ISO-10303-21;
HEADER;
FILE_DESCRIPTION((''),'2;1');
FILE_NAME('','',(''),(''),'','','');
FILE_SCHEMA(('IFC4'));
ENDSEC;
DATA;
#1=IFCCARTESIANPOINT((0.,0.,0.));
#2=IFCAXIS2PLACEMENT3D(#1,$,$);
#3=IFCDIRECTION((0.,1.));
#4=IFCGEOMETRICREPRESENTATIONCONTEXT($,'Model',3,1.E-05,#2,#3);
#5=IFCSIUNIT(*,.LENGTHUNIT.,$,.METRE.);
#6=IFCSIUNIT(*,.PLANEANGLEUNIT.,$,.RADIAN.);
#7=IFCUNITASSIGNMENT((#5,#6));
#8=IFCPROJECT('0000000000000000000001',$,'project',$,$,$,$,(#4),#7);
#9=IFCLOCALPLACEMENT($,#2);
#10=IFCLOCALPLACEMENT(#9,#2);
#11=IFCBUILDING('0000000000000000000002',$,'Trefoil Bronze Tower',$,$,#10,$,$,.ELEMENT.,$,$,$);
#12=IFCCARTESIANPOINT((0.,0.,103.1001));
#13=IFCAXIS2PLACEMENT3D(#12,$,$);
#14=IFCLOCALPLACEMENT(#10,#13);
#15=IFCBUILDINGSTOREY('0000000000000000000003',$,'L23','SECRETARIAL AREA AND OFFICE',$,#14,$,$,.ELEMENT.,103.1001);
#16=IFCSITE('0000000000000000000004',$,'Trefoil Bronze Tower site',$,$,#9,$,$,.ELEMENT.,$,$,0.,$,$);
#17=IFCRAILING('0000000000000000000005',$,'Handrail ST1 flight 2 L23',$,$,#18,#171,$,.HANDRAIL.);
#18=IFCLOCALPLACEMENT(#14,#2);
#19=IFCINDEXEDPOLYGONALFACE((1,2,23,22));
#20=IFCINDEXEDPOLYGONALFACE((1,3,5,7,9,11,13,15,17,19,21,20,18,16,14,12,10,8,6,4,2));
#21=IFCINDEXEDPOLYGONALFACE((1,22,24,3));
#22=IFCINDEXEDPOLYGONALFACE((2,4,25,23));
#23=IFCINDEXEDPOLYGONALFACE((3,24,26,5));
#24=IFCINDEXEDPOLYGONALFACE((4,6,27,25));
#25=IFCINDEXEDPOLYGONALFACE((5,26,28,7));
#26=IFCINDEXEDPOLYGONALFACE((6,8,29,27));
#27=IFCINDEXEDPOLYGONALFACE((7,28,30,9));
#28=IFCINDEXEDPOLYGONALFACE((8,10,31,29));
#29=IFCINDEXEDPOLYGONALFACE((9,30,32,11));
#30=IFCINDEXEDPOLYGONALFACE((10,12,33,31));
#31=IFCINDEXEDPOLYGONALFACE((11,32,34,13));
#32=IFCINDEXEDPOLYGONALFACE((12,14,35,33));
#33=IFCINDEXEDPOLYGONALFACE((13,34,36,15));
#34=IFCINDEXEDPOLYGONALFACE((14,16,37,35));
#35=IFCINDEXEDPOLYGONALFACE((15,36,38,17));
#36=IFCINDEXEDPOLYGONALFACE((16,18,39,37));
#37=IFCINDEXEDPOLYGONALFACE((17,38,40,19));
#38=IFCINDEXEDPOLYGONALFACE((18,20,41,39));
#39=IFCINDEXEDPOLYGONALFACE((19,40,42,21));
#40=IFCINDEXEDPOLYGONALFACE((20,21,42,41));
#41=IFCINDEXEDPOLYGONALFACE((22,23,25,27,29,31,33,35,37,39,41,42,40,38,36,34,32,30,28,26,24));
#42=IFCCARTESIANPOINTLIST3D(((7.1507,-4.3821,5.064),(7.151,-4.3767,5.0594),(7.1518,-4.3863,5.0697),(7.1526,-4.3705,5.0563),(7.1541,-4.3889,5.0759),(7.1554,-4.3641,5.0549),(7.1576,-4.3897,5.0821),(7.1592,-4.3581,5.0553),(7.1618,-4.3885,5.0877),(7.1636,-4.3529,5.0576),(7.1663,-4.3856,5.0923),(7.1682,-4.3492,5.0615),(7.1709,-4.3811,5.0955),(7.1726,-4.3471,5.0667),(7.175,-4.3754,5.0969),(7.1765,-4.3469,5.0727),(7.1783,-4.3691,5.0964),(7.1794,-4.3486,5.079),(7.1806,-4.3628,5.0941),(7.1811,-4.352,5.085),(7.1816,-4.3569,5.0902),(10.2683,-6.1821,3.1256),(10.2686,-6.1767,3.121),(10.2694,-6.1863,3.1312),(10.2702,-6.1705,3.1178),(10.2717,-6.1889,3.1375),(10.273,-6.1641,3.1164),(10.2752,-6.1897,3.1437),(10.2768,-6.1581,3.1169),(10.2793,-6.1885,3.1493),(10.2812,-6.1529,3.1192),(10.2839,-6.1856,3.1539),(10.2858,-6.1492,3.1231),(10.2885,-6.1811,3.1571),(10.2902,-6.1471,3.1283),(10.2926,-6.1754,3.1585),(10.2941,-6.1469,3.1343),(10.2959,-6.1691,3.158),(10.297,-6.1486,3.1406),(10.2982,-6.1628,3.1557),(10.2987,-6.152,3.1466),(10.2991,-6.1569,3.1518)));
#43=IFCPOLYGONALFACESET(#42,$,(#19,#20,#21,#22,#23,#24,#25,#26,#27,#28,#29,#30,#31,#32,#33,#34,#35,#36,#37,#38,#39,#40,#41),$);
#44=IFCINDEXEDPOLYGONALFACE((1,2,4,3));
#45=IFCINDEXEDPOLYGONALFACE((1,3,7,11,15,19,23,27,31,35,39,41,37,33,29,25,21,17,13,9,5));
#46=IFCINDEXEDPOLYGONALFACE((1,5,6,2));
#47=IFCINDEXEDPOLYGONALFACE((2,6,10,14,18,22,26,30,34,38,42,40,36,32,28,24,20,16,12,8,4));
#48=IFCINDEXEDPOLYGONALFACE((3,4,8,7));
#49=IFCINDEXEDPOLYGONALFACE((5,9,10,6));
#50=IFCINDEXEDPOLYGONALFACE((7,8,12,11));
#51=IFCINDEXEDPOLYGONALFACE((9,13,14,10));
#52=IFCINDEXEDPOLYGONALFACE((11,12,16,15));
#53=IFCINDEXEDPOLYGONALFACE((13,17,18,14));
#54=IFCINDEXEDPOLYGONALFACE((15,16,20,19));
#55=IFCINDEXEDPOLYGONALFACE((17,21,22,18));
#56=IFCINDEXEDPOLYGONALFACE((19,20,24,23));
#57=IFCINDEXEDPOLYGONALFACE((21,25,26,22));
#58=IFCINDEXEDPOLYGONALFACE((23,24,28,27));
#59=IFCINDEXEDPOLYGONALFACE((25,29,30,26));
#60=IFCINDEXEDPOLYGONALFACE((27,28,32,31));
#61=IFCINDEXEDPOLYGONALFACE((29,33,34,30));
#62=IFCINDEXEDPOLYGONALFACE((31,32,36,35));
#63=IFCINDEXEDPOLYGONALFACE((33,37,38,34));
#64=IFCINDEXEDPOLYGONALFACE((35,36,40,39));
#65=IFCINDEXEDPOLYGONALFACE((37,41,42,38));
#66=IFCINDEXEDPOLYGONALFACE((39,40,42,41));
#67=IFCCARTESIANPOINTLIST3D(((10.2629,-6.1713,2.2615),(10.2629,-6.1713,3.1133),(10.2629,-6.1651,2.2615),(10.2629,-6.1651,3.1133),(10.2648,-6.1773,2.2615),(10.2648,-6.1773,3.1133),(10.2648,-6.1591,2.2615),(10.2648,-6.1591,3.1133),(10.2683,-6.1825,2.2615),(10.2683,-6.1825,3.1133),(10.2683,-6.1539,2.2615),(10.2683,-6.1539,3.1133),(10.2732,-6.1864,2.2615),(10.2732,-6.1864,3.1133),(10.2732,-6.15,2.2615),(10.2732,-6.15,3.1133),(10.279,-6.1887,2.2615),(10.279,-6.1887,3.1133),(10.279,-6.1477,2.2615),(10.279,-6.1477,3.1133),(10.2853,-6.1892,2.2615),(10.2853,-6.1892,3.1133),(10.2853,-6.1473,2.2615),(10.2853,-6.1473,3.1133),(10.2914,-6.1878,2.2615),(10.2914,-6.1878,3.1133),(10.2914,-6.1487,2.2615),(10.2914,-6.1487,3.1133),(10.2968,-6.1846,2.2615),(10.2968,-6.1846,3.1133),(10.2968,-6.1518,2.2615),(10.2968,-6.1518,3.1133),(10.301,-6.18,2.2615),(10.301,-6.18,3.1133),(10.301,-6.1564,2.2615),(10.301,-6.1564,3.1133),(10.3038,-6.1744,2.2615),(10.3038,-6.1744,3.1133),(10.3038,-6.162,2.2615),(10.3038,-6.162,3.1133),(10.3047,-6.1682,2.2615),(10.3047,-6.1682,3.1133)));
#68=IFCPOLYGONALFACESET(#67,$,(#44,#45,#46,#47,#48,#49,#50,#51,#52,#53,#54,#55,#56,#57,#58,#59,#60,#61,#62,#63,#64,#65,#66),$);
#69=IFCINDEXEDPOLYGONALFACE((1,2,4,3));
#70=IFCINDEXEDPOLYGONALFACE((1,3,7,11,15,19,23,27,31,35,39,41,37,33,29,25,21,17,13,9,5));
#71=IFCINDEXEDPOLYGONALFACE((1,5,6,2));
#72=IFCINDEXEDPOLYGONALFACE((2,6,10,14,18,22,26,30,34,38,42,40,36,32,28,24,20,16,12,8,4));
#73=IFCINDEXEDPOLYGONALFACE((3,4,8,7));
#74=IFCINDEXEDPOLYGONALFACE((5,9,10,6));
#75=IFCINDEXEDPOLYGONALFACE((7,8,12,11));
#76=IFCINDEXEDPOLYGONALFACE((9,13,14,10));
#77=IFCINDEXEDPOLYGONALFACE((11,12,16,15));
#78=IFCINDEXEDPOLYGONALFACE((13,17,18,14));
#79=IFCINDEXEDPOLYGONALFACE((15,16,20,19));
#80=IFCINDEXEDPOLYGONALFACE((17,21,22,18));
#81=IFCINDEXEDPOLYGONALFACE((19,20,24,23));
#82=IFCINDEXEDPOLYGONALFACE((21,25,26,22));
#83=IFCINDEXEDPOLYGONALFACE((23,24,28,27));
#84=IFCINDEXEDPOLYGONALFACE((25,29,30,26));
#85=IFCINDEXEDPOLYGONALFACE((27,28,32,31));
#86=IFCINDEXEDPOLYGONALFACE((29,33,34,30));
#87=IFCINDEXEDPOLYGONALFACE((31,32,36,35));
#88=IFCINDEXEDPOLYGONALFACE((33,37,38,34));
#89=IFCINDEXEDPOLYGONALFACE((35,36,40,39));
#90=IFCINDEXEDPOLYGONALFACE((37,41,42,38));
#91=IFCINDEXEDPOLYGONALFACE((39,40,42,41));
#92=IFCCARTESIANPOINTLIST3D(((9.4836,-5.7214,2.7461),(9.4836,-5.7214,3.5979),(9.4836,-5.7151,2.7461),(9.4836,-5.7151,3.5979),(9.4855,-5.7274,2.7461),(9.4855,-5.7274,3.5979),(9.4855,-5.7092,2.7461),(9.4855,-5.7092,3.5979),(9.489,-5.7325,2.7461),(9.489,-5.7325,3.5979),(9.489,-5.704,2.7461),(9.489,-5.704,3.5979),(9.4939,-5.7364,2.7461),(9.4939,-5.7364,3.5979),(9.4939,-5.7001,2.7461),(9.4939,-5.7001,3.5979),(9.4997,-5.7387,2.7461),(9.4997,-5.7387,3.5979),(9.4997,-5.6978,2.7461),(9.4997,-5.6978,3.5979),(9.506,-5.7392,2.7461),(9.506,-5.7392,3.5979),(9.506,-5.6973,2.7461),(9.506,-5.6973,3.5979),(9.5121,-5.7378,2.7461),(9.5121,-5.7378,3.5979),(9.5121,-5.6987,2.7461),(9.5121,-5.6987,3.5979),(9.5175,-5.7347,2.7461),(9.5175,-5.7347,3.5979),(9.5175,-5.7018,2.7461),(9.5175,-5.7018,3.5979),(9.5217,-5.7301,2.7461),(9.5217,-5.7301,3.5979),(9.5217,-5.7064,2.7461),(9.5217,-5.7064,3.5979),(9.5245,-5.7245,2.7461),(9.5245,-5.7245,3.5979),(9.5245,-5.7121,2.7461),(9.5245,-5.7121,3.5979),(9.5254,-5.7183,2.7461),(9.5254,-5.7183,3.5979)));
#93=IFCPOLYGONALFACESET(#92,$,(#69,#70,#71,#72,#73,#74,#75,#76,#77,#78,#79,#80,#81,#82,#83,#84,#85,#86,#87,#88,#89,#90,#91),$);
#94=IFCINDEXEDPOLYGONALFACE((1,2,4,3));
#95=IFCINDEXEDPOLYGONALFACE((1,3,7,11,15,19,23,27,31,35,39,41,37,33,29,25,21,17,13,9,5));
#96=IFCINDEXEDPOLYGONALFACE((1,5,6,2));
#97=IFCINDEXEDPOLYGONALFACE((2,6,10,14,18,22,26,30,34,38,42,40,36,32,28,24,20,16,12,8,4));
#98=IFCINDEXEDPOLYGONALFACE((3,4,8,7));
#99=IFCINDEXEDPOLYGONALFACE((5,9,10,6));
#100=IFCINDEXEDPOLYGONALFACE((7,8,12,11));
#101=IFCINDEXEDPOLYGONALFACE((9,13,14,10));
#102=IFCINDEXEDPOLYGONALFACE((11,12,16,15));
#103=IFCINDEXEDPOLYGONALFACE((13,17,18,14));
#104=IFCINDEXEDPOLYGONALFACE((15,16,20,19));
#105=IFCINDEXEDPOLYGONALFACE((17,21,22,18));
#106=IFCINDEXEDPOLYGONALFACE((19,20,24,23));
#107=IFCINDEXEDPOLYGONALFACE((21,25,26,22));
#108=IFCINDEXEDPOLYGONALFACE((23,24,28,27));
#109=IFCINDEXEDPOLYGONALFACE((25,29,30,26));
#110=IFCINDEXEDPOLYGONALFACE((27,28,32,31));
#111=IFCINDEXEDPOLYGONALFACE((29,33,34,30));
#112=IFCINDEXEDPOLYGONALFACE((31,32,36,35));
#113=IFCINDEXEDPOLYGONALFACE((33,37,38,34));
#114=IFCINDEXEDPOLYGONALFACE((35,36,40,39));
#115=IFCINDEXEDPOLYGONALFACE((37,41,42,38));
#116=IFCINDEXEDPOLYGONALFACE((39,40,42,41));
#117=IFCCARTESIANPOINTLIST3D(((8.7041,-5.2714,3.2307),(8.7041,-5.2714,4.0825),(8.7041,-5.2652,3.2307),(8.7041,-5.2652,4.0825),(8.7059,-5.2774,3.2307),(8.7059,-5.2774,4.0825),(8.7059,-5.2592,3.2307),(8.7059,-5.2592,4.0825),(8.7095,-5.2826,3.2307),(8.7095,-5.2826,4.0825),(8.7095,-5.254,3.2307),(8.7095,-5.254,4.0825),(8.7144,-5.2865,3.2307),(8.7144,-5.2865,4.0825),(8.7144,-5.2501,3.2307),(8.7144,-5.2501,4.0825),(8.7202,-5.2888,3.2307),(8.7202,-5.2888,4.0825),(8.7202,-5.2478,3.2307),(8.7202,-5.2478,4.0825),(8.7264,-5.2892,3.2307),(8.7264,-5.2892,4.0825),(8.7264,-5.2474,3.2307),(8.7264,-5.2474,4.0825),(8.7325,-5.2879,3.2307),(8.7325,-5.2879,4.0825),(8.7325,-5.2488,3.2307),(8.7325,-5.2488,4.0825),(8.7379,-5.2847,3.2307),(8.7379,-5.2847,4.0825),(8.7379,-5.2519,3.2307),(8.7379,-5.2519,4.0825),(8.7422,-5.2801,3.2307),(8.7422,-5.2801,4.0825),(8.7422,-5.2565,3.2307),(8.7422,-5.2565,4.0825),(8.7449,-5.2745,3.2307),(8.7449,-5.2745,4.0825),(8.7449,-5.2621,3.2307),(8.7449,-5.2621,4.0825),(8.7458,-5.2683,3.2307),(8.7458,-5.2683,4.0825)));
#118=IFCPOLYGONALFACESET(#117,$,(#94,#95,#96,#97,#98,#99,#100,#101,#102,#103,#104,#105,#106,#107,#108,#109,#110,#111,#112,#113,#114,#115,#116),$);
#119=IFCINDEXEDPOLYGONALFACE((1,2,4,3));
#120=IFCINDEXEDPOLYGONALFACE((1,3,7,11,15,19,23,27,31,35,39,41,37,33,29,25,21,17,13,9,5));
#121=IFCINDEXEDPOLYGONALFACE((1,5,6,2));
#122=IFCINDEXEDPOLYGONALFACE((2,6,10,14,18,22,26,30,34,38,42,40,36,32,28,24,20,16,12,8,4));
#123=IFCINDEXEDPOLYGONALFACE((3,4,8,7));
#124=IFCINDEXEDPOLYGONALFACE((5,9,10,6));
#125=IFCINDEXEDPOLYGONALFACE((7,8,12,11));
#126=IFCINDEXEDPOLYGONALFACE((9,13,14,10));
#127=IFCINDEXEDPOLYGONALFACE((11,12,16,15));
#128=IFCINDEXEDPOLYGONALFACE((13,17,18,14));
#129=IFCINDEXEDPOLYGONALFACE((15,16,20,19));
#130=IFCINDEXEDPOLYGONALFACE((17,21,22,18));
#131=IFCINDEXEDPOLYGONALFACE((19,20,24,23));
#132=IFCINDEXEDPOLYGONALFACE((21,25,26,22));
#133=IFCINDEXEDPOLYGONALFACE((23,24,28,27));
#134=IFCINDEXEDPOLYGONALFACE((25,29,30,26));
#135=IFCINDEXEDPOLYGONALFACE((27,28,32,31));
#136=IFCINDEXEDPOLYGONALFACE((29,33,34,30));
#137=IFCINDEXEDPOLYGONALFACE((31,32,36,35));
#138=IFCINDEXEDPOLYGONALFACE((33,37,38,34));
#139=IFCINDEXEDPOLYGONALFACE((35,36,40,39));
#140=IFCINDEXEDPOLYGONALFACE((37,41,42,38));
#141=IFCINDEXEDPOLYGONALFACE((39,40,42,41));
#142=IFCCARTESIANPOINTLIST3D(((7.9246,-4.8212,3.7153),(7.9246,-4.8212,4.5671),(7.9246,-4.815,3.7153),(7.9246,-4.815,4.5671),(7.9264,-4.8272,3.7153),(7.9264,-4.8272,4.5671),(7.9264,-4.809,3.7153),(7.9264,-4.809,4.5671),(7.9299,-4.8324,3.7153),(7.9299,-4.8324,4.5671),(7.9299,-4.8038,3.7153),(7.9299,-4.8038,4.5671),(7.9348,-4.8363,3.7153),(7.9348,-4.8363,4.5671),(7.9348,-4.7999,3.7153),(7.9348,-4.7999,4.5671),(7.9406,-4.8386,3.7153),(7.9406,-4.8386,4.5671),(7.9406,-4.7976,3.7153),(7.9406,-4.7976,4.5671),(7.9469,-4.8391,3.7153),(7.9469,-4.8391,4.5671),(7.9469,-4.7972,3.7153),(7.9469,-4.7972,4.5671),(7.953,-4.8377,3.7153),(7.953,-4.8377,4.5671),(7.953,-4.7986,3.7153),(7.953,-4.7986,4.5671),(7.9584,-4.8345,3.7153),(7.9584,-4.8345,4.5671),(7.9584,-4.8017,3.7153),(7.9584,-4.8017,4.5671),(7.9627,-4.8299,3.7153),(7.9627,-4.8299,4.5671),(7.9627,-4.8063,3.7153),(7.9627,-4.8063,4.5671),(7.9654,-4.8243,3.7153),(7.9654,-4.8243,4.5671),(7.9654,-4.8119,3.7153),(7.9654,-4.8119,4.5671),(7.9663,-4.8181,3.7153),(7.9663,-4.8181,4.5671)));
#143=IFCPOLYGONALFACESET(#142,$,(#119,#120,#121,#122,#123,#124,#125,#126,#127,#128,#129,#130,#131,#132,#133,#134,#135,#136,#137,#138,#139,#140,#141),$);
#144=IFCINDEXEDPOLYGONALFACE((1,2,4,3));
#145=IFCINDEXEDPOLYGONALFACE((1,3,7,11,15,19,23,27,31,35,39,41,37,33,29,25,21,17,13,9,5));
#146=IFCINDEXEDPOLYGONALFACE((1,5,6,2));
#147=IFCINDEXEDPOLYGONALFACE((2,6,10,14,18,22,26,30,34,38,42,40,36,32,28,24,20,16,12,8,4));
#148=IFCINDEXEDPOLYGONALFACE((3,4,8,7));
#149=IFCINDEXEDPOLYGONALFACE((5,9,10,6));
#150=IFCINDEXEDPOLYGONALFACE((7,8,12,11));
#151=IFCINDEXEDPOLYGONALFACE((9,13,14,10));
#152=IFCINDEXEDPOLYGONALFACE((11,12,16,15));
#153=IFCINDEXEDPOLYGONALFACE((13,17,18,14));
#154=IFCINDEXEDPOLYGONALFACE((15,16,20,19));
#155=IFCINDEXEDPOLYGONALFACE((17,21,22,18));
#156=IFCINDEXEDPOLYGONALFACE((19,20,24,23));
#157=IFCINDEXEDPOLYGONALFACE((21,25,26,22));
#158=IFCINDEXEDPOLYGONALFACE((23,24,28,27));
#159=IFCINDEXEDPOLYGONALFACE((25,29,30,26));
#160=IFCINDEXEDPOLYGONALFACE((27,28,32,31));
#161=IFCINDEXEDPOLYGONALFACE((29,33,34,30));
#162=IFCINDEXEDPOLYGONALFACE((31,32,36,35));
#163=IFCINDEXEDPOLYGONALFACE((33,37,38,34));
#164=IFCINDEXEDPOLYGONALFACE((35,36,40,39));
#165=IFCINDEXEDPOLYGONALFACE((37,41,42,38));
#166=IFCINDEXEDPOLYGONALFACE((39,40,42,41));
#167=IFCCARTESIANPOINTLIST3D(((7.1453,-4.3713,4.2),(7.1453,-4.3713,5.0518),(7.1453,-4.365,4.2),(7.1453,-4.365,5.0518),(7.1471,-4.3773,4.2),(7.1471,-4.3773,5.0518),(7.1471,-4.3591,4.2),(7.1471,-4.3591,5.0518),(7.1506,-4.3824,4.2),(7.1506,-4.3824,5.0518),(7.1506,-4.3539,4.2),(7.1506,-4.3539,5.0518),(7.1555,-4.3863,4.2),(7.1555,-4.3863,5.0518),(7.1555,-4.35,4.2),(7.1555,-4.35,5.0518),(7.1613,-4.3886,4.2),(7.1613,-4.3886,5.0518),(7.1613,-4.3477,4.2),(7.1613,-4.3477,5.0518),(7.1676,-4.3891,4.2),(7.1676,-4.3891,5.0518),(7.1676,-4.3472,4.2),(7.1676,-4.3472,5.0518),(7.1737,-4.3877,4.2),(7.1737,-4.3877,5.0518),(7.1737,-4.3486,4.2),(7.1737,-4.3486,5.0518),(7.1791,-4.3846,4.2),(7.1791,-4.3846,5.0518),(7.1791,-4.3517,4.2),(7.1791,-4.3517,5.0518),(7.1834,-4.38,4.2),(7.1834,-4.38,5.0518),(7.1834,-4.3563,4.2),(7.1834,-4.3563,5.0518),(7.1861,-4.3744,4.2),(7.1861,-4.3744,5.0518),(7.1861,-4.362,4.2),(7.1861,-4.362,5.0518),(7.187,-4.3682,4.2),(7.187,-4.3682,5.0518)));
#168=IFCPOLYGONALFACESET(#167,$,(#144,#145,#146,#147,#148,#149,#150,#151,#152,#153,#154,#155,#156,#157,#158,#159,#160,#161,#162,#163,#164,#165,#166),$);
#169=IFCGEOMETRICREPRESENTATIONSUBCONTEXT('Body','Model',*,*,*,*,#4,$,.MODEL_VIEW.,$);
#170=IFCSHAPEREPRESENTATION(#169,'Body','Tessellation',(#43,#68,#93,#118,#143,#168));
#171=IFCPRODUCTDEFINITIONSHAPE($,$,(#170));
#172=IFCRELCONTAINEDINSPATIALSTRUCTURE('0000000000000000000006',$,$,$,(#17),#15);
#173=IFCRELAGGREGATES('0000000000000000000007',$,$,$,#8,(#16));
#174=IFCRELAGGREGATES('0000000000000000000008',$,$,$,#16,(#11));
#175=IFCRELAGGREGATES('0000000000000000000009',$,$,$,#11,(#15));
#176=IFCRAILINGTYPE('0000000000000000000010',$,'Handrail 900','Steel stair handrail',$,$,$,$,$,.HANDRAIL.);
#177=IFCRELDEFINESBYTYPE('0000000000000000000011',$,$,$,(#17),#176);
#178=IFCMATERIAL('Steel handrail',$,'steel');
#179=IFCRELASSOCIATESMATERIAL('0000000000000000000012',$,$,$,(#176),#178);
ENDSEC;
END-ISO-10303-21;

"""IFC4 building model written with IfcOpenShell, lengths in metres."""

from ifc_helpers import new_model, si_unit, direction, frame, origin, origin_2d, place, context, subcontext, project, spatial, circle, extrude, material, type_object, element, save


model = new_model("IFC4")

# Units and contexts
model_context = context("Model", 3, precision=1e-05, world=origin(), true_north=direction((0.0, 1.0)))
body_context = subcontext(model_context, "Body", "Model", "MODEL_VIEW")
ifc_project = project(units=[si_unit("LENGTHUNIT", "METRE"), si_unit("PLANEANGLEUNIT", "RADIAN")], contexts=[model_context])

# Site, building, storey
site_placement = place(None, origin())
site = spatial("IfcSite", under=ifc_project, at=site_placement, Name="Trefoil Bronze Tower site", CompositionType="ELEMENT", RefElevation=0.0)
building_placement = place(site_placement, origin())
building = spatial("IfcBuilding", under=site, at=building_placement, Name="Trefoil Bronze Tower", CompositionType="ELEMENT")
storey_placement = place(building_placement, frame((0.0, 0.0, 103.1001)))
storey = spatial("IfcBuildingStorey", under=building, at=storey_placement, Name="L23", Description="SECRETARIAL AREA AND OFFICE", CompositionType="ELEMENT", Elevation=103.1001)

# Railing
ifc_material_1 = material(Name="Steel handrail", Category="steel")
railing_type = type_object("IfcRailingType", Name="Handrail 900", Description="Steel stair handrail", PredefinedType="HANDRAIL", material=ifc_material_1)
railing_placement = place(storey_placement, frame((10.2837, -6.1682, 2.2615)))
element("IfcRailing", 1, at=railing_placement, inside=storey, type_object=railing_type, Name="Handrail ST1 flight 2 L23", PredefinedType="HANDRAIL", context=body_context, shape_type="SweptSolid", body=[
    extrude(circle(Radius=0.0239, at=origin_2d()), frame((0.0, 0.0, 0.876), z_axis=(-0.762503, 0.440246, 0.474102), x_axis=(-0.500012, -0.866018, 0.0)), (0.0, 0.0, 1.0), 4.0886),
    extrude(circle(Radius=0.021, at=origin_2d()), origin(), (0.0, 0.0, 1.0), 0.8518),
    extrude(circle(Radius=0.021, at=origin_2d()), frame((-0.7793, 0.45, 0.4846)), (0.0, 0.0, 1.0), 0.8518),
    extrude(circle(Radius=0.021, at=origin_2d()), frame((-1.5588, 0.8999, 0.9692)), (0.0, 0.0, 1.0), 0.8518),
    extrude(circle(Radius=0.021, at=origin_2d()), frame((-2.3384, 1.3501, 1.4539)), (0.0, 0.0, 1.0), 0.8518),
    extrude(circle(Radius=0.021, at=origin_2d()), frame((-3.1177, 1.8, 1.9385)), (0.0, 0.0, 1.0), 0.8518),
])

save(model, "model.ifc")
